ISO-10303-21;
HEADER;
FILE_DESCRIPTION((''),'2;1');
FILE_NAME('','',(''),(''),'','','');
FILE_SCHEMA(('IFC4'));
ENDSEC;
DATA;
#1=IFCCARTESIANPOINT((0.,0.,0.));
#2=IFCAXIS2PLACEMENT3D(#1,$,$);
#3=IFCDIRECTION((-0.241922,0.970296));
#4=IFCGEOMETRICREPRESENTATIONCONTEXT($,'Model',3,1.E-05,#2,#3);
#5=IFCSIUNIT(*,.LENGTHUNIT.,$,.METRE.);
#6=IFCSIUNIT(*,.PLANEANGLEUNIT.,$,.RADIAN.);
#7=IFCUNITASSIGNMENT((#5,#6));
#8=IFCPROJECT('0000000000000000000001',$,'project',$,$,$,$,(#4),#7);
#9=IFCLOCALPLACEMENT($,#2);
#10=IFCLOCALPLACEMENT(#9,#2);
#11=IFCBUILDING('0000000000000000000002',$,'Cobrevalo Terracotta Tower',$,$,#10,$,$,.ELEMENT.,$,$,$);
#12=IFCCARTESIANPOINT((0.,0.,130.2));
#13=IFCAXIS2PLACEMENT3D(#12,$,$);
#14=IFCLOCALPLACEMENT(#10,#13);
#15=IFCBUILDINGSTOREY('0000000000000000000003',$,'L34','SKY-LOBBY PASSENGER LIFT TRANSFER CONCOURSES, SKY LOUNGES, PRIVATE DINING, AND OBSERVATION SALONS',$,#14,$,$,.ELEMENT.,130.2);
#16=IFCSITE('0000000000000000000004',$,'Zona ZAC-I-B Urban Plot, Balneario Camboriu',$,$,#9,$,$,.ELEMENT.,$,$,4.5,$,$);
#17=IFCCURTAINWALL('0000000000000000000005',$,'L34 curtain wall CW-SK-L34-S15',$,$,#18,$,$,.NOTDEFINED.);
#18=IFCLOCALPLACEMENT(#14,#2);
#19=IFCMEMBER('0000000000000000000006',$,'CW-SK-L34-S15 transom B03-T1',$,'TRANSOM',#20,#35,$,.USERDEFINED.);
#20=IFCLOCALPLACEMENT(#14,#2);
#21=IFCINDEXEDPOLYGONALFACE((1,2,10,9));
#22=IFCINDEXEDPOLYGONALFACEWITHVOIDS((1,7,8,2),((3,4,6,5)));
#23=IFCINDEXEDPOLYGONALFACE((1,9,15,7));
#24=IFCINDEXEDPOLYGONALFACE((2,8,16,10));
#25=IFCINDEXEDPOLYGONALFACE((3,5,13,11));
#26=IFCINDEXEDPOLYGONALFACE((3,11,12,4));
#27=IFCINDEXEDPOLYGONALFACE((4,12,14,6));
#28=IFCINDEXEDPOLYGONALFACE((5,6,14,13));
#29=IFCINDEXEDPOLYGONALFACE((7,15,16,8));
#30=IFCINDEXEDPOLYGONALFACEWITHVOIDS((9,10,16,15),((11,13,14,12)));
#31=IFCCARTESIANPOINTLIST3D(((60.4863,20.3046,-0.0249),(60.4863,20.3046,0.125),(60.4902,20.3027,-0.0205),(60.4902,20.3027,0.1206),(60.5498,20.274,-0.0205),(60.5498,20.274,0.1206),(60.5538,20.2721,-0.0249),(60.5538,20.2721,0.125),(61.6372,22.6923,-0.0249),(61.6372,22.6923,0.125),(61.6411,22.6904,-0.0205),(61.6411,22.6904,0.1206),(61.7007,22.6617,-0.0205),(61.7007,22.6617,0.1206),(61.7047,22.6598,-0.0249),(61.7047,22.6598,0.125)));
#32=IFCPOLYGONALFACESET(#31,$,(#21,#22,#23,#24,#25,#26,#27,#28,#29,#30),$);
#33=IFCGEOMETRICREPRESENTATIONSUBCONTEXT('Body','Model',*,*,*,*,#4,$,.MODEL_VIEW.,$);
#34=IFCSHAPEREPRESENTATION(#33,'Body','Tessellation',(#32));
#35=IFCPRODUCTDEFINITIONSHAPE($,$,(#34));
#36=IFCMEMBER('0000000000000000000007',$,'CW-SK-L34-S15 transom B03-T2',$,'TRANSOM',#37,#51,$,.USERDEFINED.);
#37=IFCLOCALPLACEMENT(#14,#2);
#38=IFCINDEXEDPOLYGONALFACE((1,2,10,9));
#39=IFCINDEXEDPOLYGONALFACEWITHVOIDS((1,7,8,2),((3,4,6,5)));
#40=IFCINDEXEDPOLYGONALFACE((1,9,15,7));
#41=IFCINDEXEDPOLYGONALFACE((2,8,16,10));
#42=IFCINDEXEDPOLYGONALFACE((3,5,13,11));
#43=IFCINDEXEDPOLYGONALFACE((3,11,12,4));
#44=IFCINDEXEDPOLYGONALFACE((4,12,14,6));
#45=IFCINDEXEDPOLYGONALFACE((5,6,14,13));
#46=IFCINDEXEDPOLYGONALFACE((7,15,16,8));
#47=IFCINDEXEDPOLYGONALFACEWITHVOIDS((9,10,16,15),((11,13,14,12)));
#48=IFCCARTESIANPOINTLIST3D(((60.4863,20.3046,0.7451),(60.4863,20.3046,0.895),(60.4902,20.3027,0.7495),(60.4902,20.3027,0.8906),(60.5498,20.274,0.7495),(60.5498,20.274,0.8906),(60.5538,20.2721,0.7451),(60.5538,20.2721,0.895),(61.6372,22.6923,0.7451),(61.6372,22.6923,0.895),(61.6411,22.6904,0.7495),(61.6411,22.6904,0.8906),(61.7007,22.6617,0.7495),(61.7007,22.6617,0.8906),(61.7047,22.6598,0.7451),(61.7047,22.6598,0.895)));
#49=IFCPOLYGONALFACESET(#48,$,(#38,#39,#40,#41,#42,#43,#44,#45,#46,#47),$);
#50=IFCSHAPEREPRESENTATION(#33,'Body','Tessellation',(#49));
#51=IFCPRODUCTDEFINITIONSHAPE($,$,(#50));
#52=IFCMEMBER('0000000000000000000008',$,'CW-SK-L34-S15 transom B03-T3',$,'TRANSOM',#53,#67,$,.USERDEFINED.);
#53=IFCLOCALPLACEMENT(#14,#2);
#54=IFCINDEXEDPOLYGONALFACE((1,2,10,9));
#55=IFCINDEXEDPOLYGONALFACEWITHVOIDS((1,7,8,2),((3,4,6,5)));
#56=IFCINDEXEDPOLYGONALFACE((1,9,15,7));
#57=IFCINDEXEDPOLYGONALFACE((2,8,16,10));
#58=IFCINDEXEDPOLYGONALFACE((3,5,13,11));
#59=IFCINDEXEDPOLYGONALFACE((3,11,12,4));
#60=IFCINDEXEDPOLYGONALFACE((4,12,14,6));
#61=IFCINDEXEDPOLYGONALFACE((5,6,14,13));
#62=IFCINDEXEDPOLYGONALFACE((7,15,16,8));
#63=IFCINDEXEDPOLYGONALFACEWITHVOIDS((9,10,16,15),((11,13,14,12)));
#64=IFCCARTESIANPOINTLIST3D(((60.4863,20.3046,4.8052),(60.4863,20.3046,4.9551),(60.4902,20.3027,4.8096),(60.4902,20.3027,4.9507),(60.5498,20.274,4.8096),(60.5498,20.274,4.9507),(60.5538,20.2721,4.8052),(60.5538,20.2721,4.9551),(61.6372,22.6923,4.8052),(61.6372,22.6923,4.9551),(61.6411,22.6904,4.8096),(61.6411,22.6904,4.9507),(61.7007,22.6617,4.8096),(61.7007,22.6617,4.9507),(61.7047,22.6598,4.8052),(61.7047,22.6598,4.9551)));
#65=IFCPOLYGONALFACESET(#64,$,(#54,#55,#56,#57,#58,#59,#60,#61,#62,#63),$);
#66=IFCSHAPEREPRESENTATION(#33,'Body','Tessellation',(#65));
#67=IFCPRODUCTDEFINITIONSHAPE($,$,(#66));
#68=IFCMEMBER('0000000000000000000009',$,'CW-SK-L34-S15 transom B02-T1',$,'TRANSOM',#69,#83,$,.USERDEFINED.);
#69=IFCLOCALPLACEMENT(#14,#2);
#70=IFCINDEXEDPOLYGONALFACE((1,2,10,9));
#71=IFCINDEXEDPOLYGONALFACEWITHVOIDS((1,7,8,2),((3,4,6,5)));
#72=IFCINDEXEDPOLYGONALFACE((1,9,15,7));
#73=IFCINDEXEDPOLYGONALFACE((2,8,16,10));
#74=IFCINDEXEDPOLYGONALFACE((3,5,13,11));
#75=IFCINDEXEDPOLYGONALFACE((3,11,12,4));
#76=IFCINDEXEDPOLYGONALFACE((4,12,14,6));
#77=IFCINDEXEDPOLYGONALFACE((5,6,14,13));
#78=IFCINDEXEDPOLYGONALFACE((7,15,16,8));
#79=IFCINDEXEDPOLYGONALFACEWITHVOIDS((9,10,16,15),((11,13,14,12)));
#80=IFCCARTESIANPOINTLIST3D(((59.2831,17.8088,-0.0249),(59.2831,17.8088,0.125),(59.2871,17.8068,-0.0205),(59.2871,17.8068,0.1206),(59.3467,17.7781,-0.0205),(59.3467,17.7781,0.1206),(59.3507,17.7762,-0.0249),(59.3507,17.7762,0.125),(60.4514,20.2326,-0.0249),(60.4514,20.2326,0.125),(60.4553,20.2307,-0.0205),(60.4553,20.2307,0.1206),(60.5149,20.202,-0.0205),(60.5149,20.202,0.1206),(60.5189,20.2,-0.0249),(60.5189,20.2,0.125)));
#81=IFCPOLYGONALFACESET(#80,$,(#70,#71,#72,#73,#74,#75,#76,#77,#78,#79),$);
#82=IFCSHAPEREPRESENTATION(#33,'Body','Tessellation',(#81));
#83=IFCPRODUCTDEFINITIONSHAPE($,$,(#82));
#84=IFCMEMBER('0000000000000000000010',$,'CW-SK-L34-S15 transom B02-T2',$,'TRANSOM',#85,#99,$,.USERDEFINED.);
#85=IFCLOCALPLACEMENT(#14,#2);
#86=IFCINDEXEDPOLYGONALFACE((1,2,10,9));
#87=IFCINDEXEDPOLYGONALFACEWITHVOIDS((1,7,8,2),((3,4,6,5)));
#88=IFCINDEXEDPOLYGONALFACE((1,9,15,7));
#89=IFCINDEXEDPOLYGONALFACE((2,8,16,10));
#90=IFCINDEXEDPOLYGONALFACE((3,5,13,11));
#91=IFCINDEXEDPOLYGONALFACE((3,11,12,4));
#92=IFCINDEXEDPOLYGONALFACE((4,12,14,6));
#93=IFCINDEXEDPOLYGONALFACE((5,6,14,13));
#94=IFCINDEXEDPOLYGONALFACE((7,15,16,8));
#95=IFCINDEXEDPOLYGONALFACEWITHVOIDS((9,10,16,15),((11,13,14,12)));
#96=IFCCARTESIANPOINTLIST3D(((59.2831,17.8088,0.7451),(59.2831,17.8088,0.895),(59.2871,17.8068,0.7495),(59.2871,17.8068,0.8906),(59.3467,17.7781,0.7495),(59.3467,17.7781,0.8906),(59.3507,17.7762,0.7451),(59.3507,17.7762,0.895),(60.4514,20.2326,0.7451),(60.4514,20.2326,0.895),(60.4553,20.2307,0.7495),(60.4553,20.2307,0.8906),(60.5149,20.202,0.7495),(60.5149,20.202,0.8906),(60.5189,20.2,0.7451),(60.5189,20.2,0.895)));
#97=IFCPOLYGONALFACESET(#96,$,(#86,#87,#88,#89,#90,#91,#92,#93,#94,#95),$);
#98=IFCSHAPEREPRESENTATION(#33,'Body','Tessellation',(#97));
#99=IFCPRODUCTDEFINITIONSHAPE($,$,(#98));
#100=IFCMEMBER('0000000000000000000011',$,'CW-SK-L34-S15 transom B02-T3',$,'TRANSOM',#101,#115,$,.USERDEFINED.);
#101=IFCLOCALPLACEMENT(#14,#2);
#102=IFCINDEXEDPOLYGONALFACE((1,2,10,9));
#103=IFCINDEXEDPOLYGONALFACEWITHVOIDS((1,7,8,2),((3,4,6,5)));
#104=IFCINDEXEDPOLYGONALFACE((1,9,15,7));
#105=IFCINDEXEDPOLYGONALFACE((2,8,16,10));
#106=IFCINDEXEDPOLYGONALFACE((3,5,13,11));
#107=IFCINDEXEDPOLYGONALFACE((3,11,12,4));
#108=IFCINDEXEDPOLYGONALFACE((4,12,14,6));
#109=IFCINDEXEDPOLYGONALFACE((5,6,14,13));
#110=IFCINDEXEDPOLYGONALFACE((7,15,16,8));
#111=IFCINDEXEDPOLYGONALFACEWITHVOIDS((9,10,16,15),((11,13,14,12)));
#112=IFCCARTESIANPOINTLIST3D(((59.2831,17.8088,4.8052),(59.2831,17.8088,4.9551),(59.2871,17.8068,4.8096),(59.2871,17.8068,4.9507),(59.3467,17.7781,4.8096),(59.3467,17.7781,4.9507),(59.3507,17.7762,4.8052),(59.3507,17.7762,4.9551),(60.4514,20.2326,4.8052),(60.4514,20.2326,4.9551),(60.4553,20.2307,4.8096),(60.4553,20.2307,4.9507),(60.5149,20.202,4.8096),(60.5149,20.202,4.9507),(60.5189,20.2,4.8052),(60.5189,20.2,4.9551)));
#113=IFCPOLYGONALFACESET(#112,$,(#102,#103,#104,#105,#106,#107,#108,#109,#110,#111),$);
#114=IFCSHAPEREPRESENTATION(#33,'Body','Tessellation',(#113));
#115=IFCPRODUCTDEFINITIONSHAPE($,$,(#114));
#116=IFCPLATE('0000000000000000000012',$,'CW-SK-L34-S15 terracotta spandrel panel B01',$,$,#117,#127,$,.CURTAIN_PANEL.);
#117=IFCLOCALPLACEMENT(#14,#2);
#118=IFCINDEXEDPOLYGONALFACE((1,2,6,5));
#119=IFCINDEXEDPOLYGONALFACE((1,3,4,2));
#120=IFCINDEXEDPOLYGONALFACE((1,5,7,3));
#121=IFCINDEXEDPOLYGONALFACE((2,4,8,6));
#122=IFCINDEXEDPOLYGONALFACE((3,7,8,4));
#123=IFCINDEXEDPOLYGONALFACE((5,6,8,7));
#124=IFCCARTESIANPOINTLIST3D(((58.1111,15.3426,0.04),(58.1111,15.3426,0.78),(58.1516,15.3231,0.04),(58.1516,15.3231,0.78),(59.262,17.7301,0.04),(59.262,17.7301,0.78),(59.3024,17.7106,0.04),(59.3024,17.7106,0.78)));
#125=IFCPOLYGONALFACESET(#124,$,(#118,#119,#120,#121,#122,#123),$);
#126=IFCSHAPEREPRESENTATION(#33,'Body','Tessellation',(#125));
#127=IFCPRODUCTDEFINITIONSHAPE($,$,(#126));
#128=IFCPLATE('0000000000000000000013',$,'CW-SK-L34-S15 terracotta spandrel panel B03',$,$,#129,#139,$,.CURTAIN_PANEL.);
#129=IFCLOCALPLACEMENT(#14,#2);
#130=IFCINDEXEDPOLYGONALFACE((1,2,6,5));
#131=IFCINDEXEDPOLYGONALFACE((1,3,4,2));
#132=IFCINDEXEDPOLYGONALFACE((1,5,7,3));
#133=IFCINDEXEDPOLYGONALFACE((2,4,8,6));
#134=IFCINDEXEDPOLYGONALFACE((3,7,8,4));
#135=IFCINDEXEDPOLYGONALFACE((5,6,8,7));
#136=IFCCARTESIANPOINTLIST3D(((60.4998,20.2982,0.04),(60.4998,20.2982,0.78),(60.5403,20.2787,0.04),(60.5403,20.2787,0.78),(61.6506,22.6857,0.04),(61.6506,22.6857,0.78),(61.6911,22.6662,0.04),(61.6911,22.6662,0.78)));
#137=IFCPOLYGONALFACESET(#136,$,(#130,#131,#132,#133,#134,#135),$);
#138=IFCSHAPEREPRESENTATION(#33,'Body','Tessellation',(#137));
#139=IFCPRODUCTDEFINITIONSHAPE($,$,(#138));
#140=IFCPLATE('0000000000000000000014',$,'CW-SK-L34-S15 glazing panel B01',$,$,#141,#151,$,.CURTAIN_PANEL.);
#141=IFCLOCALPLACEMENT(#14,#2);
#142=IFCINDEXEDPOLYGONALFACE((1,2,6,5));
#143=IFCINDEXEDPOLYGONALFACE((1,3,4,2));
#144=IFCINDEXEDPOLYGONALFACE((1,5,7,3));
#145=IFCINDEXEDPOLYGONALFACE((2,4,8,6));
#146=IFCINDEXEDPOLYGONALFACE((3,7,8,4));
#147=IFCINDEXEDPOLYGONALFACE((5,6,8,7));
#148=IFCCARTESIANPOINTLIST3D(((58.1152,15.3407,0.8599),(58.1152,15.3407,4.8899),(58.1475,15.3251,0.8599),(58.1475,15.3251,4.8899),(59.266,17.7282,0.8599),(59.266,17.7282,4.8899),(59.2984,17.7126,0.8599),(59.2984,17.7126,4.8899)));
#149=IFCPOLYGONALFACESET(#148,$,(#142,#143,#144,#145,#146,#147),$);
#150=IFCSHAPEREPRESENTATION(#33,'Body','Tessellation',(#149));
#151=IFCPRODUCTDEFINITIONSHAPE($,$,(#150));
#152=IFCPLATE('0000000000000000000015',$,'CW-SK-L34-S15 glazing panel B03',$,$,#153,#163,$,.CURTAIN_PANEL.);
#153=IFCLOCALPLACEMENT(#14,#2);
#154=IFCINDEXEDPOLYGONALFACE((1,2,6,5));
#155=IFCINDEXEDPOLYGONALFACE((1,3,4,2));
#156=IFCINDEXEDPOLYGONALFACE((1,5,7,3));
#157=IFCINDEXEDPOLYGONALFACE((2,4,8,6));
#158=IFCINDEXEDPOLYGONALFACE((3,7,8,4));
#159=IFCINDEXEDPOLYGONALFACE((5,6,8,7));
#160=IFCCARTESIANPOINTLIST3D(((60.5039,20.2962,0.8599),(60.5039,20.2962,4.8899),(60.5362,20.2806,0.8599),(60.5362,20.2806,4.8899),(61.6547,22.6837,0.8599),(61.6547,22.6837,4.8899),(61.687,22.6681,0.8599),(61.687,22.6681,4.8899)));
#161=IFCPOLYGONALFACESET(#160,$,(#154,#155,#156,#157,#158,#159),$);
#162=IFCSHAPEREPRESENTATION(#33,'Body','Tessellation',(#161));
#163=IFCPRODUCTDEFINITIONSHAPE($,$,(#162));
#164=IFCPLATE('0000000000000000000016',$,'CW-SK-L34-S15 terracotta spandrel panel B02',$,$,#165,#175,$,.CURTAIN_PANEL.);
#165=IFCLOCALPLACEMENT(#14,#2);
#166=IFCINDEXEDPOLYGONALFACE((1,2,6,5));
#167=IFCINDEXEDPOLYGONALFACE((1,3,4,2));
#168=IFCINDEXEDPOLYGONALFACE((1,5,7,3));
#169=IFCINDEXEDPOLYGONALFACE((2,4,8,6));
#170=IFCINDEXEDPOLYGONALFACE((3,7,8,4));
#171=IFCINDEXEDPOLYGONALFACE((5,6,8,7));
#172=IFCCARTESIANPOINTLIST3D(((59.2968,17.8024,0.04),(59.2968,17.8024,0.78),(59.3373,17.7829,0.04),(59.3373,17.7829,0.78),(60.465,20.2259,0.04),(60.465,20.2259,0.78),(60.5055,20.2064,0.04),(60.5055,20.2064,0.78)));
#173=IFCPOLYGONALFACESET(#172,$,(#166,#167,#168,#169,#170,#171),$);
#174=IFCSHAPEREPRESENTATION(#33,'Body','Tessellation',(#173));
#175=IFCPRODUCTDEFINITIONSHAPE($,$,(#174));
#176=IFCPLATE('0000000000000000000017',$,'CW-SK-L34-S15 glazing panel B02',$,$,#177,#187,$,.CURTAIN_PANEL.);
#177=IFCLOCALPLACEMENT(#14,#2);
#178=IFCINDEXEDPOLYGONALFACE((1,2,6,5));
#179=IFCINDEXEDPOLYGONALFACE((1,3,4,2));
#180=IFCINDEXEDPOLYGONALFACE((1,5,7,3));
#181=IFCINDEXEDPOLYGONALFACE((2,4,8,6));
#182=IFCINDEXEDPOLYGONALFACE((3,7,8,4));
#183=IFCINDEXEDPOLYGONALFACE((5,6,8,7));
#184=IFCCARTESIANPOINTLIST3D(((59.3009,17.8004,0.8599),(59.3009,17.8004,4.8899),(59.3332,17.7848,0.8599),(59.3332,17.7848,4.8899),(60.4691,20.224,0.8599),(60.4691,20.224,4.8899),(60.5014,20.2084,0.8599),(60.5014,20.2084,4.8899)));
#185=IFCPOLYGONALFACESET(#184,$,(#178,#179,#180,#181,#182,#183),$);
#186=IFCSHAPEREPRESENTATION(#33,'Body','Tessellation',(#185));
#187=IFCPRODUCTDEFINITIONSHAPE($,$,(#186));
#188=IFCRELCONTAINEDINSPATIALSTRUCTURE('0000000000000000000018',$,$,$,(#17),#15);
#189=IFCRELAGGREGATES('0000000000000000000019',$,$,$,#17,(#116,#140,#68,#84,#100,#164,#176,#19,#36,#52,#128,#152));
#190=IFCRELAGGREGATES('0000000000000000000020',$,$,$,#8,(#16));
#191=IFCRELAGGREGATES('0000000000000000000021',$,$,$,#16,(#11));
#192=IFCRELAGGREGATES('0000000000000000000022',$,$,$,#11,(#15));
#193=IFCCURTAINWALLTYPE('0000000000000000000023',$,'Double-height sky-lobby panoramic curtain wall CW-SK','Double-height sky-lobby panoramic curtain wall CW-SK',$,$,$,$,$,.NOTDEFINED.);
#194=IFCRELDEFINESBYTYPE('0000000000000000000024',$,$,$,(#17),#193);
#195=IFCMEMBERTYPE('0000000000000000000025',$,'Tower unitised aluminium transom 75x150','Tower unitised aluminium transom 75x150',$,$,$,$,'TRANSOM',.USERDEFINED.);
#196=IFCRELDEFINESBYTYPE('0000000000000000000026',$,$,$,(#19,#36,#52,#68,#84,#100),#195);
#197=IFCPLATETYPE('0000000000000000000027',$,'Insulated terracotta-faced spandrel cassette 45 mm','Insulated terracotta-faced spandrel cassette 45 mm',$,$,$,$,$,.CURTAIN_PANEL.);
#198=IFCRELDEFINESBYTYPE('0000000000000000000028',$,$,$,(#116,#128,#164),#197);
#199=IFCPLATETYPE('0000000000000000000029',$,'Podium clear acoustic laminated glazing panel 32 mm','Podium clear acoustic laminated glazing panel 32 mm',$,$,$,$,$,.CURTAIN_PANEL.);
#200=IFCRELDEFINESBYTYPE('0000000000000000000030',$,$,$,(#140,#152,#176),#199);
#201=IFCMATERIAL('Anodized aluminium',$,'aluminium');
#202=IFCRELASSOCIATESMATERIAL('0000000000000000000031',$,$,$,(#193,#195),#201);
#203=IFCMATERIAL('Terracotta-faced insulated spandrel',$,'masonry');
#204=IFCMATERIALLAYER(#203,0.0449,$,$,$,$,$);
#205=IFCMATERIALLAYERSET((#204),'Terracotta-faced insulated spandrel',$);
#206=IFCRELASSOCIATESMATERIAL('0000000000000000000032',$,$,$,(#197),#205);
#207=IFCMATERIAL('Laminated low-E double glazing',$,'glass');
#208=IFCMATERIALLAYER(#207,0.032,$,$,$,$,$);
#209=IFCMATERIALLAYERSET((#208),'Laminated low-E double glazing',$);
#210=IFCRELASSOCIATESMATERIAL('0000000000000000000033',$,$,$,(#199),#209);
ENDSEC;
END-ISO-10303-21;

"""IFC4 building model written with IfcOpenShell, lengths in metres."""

from ifc_helpers import new_model, si_unit, direction, frame, origin, origin_2d, place, context, subcontext, project, spatial, rectangle, hollow_rectangle, extrude, source, transform, mapped, material, layer, layer_set, material_profile, profile_set, type_object, element, aggregate, save


model = new_model("IFC4")

# Units and contexts
model_context = context("Model", 3, precision=1e-05, world=origin(), true_north=direction((-0.241922, 0.970296)))
body_context = subcontext(model_context, "Body", "Model", "MODEL_VIEW")
ifc_project = project(units=[si_unit("LENGTHUNIT", "METRE"), si_unit("PLANEANGLEUNIT", "RADIAN")], contexts=[model_context])

# Site, building, storey
site_placement = place(None, origin())
site = spatial("IfcSite", under=ifc_project, at=site_placement, Name="Zona ZAC-I-B Urban Plot, Balneario Camboriu", CompositionType="ELEMENT", RefElevation=4.5)
building_placement = place(site_placement, origin())
building = spatial("IfcBuilding", under=site, at=building_placement, Name="Cobrevalo Terracotta Tower", CompositionType="ELEMENT")
storey_placement = place(building_placement, frame((0.0, 0.0, 130.2)))
storey = spatial("IfcBuildingStorey", under=building, at=storey_placement, Name="L34", Description="SKY-LOBBY PASSENGER LIFT TRANSFER CONCOURSES, SKY LOUNGES, PRIVATE DINING, AND OBSERVATION SALONS", CompositionType="ELEMENT", Elevation=130.2)

# Shared definitions
ifc_material_1 = material(Name="Anodized aluminium", Category="aluminium")
curtain_wall_type = type_object("IfcCurtainWallType", Name="Double-height sky-lobby panoramic curtain wall CW-SK", Description="Double-height sky-lobby panoramic curtain wall CW-SK", PredefinedType="NOTDEFINED", material=ifc_material_1)

# Curtain wall
curtain_wall_1_placement = place(storey_placement, origin())
curtain_wall_1 = element("IfcCurtainWall", 1, at=curtain_wall_1_placement, inside=storey, type_object=curtain_wall_type, Name="L34 curtain wall CW-SK-L34-S15", PredefinedType="NOTDEFINED")

# Members
ifc_material_profile_1 = material_profile(ifc_material_1, hollow_rectangle(XDim=0.075, YDim=0.1499, WallThickness=0.0044, at=origin_2d()), Name="CWT 75x150")
ifc_profile_set_1 = profile_set([ifc_material_profile_1], Name="Anodized aluminium")
member_type_1 = type_object("IfcMemberType", Name="Tower unitised aluminium transom 75x150", Description="Tower unitised aluminium transom 75x150", ElementType="TRANSOM", PredefinedType="USERDEFINED", material=ifc_profile_set_1)
shared_shape_1 = source(origin(), body_context, "Body", "SweptSolid", [
    extrude(hollow_rectangle(XDim=0.075, YDim=0.1499, WallThickness=0.0044, at=origin_2d()), origin(), (0.0, 0.0, 1.0), 2.6506),
])
member_1_placement = place(storey_placement, frame((60.52, 20.2883, 0.05), z_axis=(0.434198, 0.900818, 0.0), x_axis=(-0.900818, 0.434198, 0.0)))
member_1 = element("IfcMember", 2, at=member_1_placement, type_object=member_type_1, Name="CW-SK-L34-S15 transom B03-T1", ObjectType="TRANSOM", PredefinedType="USERDEFINED", context=body_context, shape_type="MappedRepresentation", body=[
    mapped(shared_shape_1, transform((0.0, 0.0, 0.0), scale=1.0)),
])
member_2_placement = place(storey_placement, frame((60.52, 20.2883, 0.8201), z_axis=(0.434198, 0.900818, 0.0), x_axis=(-0.900818, 0.434198, 0.0)))
member_2 = element("IfcMember", 3, at=member_2_placement, type_object=member_type_1, Name="CW-SK-L34-S15 transom B03-T2", ObjectType="TRANSOM", PredefinedType="USERDEFINED", context=body_context, shape_type="MappedRepresentation", body=[
    mapped(shared_shape_1, transform((0.0, 0.0, 0.0), scale=1.0)),
])
member_3_placement = place(storey_placement, frame((60.52, 20.2883, 4.8801), z_axis=(0.434198, 0.900818, 0.0), x_axis=(-0.900818, 0.434198, 0.0)))
member_3 = element("IfcMember", 4, at=member_3_placement, type_object=member_type_1, Name="CW-SK-L34-S15 transom B03-T3", ObjectType="TRANSOM", PredefinedType="USERDEFINED", context=body_context, shape_type="MappedRepresentation", body=[
    mapped(shared_shape_1, transform((0.0, 0.0, 0.0), scale=1.0)),
])
shared_shape_2 = source(origin(), body_context, "Body", "SweptSolid", [
    extrude(hollow_rectangle(XDim=0.075, YDim=0.1499, WallThickness=0.0044, at=origin_2d()), origin(), (0.0, 0.0, 1.0), 2.6907),
])
member_4_placement = place(storey_placement, frame((59.3169, 17.7925, 0.05), z_axis=(0.434173, 0.90083, 0.0), x_axis=(-0.90083, 0.434173, 0.0)))
member_4 = element("IfcMember", 5, at=member_4_placement, type_object=member_type_1, Name="CW-SK-L34-S15 transom B02-T1", ObjectType="TRANSOM", PredefinedType="USERDEFINED", context=body_context, shape_type="MappedRepresentation", body=[
    mapped(shared_shape_2, transform((0.0, 0.0, 0.0), scale=1.0)),
])
member_5_placement = place(storey_placement, frame((59.3169, 17.7925, 0.8201), z_axis=(0.434173, 0.90083, 0.0), x_axis=(-0.90083, 0.434173, 0.0)))
member_5 = element("IfcMember", 6, at=member_5_placement, type_object=member_type_1, Name="CW-SK-L34-S15 transom B02-T2", ObjectType="TRANSOM", PredefinedType="USERDEFINED", context=body_context, shape_type="MappedRepresentation", body=[
    mapped(shared_shape_2, transform((0.0, 0.0, 0.0), scale=1.0)),
])
member_6_placement = place(storey_placement, frame((59.3169, 17.7925, 4.8801), z_axis=(0.434173, 0.90083, 0.0), x_axis=(-0.90083, 0.434173, 0.0)))
member_6 = element("IfcMember", 7, at=member_6_placement, type_object=member_type_1, Name="CW-SK-L34-S15 transom B02-T3", ObjectType="TRANSOM", PredefinedType="USERDEFINED", context=body_context, shape_type="MappedRepresentation", body=[
    mapped(shared_shape_2, transform((0.0, 0.0, 0.0), scale=1.0)),
])

# Plates
ifc_material_2 = material(Name="Terracotta-faced insulated spandrel", Category="masonry")
ifc_layer_1 = layer(ifc_material_2, 0.0449)
ifc_layer_set_1 = layer_set([ifc_layer_1], Name="Terracotta-faced insulated spandrel")
plate_type_1 = type_object("IfcPlateType", Name="Insulated terracotta-faced spandrel cassette 45 mm", Description="Insulated terracotta-faced spandrel cassette 45 mm", PredefinedType="CURTAIN_PANEL", material=ifc_layer_set_1)
shared_shape_3 = source(origin(), body_context, "Body", "SweptSolid", [
    extrude(rectangle(XDim=2.6504, YDim=0.0449, at=origin_2d()), origin(), (0.0, 0.0, 1.0), 0.74),
])
plate_1_placement = place(storey_placement, frame((58.7068, 16.5266, 0.04), z_axis=(0.0, 0.0, 1.0), x_axis=(0.434209, 0.900812, 0.0)))
plate_1 = element("IfcPlate", 8, at=plate_1_placement, type_object=plate_type_1, Name="CW-SK-L34-S15 terracotta spandrel panel B01", PredefinedType="CURTAIN_PANEL", context=body_context, shape_type="MappedRepresentation", body=[
    mapped(shared_shape_3, transform((0.0, 0.0, 0.0), scale=1.0)),
])
plate_2_placement = place(storey_placement, frame((61.0955, 21.4822, 0.04), z_axis=(0.0, 0.0, 1.0), x_axis=(0.434209, 0.900812, 0.0)))
plate_2 = element("IfcPlate", 9, at=plate_2_placement, type_object=plate_type_1, Name="CW-SK-L34-S15 terracotta spandrel panel B03", PredefinedType="CURTAIN_PANEL", context=body_context, shape_type="MappedRepresentation", body=[
    mapped(shared_shape_3, transform((0.0, 0.0, 0.0), scale=1.0)),
])
ifc_material_3 = material(Name="Laminated low-E double glazing", Category="glass")
ifc_layer_2 = layer(ifc_material_3, 0.032)
ifc_layer_set_2 = layer_set([ifc_layer_2], Name="Laminated low-E double glazing")
plate_type_2 = type_object("IfcPlateType", Name="Podium clear acoustic laminated glazing panel 32 mm", Description="Podium clear acoustic laminated glazing panel 32 mm", PredefinedType="CURTAIN_PANEL", material=ifc_layer_set_2)
shared_shape_4 = source(origin(), body_context, "Body", "SweptSolid", [
    extrude(rectangle(XDim=2.6504, YDim=0.0359, at=origin_2d()), origin(), (0.0, 0.0, 1.0), 4.03),
])
plate_3_placement = place(storey_placement, frame((58.7068, 16.5266, 0.8599), z_axis=(0.0, 0.0, 1.0), x_axis=(0.434209, 0.900812, 0.0)))
plate_3 = element("IfcPlate", 10, at=plate_3_placement, type_object=plate_type_2, Name="CW-SK-L34-S15 glazing panel B01", PredefinedType="CURTAIN_PANEL", context=body_context, shape_type="MappedRepresentation", body=[
    mapped(shared_shape_4, transform((0.0, 0.0, 0.0), scale=1.0)),
])
plate_4_placement = place(storey_placement, frame((61.0955, 21.4822, 0.8599), z_axis=(0.0, 0.0, 1.0), x_axis=(0.434209, 0.900812, 0.0)))
plate_4 = element("IfcPlate", 11, at=plate_4_placement, type_object=plate_type_2, Name="CW-SK-L34-S15 glazing panel B03", PredefinedType="CURTAIN_PANEL", context=body_context, shape_type="MappedRepresentation", body=[
    mapped(shared_shape_4, transform((0.0, 0.0, 0.0), scale=1.0)),
])
shared_shape_5 = source(origin(), body_context, "Body", "SweptSolid", [
    extrude(rectangle(XDim=2.6904, YDim=0.0449, at=origin_2d()), origin(), (0.0, 0.0, 1.0), 0.74),
])
plate_5_placement = place(storey_placement, frame((59.9011, 19.0044, 0.04), z_axis=(0.0, 0.0, 1.0), x_axis=(0.434209, 0.900812, 0.0)))
plate_5 = element("IfcPlate", 12, at=plate_5_placement, type_object=plate_type_1, Name="CW-SK-L34-S15 terracotta spandrel panel B02", PredefinedType="CURTAIN_PANEL", context=body_context, shape_type="MappedRepresentation", body=[
    mapped(shared_shape_5, transform((0.0, 0.0, 0.0), scale=1.0)),
])
shared_shape_6 = source(origin(), body_context, "Body", "SweptSolid", [
    extrude(rectangle(XDim=2.6904, YDim=0.0359, at=origin_2d()), origin(), (0.0, 0.0, 1.0), 4.03),
])
plate_6_placement = place(storey_placement, frame((59.9011, 19.0044, 0.8599), z_axis=(0.0, 0.0, 1.0), x_axis=(0.434209, 0.900812, 0.0)))
plate_6 = element("IfcPlate", 13, at=plate_6_placement, type_object=plate_type_2, Name="CW-SK-L34-S15 glazing panel B02", PredefinedType="CURTAIN_PANEL", context=body_context, shape_type="MappedRepresentation", body=[
    mapped(shared_shape_6, transform((0.0, 0.0, 0.0), scale=1.0)),
])
aggregate(curtain_wall_1, [plate_1, plate_3, member_4, member_5, member_6, plate_5, plate_6, member_1, member_2, member_3, plate_2, plate_4])

save(model, "model.ifc")
